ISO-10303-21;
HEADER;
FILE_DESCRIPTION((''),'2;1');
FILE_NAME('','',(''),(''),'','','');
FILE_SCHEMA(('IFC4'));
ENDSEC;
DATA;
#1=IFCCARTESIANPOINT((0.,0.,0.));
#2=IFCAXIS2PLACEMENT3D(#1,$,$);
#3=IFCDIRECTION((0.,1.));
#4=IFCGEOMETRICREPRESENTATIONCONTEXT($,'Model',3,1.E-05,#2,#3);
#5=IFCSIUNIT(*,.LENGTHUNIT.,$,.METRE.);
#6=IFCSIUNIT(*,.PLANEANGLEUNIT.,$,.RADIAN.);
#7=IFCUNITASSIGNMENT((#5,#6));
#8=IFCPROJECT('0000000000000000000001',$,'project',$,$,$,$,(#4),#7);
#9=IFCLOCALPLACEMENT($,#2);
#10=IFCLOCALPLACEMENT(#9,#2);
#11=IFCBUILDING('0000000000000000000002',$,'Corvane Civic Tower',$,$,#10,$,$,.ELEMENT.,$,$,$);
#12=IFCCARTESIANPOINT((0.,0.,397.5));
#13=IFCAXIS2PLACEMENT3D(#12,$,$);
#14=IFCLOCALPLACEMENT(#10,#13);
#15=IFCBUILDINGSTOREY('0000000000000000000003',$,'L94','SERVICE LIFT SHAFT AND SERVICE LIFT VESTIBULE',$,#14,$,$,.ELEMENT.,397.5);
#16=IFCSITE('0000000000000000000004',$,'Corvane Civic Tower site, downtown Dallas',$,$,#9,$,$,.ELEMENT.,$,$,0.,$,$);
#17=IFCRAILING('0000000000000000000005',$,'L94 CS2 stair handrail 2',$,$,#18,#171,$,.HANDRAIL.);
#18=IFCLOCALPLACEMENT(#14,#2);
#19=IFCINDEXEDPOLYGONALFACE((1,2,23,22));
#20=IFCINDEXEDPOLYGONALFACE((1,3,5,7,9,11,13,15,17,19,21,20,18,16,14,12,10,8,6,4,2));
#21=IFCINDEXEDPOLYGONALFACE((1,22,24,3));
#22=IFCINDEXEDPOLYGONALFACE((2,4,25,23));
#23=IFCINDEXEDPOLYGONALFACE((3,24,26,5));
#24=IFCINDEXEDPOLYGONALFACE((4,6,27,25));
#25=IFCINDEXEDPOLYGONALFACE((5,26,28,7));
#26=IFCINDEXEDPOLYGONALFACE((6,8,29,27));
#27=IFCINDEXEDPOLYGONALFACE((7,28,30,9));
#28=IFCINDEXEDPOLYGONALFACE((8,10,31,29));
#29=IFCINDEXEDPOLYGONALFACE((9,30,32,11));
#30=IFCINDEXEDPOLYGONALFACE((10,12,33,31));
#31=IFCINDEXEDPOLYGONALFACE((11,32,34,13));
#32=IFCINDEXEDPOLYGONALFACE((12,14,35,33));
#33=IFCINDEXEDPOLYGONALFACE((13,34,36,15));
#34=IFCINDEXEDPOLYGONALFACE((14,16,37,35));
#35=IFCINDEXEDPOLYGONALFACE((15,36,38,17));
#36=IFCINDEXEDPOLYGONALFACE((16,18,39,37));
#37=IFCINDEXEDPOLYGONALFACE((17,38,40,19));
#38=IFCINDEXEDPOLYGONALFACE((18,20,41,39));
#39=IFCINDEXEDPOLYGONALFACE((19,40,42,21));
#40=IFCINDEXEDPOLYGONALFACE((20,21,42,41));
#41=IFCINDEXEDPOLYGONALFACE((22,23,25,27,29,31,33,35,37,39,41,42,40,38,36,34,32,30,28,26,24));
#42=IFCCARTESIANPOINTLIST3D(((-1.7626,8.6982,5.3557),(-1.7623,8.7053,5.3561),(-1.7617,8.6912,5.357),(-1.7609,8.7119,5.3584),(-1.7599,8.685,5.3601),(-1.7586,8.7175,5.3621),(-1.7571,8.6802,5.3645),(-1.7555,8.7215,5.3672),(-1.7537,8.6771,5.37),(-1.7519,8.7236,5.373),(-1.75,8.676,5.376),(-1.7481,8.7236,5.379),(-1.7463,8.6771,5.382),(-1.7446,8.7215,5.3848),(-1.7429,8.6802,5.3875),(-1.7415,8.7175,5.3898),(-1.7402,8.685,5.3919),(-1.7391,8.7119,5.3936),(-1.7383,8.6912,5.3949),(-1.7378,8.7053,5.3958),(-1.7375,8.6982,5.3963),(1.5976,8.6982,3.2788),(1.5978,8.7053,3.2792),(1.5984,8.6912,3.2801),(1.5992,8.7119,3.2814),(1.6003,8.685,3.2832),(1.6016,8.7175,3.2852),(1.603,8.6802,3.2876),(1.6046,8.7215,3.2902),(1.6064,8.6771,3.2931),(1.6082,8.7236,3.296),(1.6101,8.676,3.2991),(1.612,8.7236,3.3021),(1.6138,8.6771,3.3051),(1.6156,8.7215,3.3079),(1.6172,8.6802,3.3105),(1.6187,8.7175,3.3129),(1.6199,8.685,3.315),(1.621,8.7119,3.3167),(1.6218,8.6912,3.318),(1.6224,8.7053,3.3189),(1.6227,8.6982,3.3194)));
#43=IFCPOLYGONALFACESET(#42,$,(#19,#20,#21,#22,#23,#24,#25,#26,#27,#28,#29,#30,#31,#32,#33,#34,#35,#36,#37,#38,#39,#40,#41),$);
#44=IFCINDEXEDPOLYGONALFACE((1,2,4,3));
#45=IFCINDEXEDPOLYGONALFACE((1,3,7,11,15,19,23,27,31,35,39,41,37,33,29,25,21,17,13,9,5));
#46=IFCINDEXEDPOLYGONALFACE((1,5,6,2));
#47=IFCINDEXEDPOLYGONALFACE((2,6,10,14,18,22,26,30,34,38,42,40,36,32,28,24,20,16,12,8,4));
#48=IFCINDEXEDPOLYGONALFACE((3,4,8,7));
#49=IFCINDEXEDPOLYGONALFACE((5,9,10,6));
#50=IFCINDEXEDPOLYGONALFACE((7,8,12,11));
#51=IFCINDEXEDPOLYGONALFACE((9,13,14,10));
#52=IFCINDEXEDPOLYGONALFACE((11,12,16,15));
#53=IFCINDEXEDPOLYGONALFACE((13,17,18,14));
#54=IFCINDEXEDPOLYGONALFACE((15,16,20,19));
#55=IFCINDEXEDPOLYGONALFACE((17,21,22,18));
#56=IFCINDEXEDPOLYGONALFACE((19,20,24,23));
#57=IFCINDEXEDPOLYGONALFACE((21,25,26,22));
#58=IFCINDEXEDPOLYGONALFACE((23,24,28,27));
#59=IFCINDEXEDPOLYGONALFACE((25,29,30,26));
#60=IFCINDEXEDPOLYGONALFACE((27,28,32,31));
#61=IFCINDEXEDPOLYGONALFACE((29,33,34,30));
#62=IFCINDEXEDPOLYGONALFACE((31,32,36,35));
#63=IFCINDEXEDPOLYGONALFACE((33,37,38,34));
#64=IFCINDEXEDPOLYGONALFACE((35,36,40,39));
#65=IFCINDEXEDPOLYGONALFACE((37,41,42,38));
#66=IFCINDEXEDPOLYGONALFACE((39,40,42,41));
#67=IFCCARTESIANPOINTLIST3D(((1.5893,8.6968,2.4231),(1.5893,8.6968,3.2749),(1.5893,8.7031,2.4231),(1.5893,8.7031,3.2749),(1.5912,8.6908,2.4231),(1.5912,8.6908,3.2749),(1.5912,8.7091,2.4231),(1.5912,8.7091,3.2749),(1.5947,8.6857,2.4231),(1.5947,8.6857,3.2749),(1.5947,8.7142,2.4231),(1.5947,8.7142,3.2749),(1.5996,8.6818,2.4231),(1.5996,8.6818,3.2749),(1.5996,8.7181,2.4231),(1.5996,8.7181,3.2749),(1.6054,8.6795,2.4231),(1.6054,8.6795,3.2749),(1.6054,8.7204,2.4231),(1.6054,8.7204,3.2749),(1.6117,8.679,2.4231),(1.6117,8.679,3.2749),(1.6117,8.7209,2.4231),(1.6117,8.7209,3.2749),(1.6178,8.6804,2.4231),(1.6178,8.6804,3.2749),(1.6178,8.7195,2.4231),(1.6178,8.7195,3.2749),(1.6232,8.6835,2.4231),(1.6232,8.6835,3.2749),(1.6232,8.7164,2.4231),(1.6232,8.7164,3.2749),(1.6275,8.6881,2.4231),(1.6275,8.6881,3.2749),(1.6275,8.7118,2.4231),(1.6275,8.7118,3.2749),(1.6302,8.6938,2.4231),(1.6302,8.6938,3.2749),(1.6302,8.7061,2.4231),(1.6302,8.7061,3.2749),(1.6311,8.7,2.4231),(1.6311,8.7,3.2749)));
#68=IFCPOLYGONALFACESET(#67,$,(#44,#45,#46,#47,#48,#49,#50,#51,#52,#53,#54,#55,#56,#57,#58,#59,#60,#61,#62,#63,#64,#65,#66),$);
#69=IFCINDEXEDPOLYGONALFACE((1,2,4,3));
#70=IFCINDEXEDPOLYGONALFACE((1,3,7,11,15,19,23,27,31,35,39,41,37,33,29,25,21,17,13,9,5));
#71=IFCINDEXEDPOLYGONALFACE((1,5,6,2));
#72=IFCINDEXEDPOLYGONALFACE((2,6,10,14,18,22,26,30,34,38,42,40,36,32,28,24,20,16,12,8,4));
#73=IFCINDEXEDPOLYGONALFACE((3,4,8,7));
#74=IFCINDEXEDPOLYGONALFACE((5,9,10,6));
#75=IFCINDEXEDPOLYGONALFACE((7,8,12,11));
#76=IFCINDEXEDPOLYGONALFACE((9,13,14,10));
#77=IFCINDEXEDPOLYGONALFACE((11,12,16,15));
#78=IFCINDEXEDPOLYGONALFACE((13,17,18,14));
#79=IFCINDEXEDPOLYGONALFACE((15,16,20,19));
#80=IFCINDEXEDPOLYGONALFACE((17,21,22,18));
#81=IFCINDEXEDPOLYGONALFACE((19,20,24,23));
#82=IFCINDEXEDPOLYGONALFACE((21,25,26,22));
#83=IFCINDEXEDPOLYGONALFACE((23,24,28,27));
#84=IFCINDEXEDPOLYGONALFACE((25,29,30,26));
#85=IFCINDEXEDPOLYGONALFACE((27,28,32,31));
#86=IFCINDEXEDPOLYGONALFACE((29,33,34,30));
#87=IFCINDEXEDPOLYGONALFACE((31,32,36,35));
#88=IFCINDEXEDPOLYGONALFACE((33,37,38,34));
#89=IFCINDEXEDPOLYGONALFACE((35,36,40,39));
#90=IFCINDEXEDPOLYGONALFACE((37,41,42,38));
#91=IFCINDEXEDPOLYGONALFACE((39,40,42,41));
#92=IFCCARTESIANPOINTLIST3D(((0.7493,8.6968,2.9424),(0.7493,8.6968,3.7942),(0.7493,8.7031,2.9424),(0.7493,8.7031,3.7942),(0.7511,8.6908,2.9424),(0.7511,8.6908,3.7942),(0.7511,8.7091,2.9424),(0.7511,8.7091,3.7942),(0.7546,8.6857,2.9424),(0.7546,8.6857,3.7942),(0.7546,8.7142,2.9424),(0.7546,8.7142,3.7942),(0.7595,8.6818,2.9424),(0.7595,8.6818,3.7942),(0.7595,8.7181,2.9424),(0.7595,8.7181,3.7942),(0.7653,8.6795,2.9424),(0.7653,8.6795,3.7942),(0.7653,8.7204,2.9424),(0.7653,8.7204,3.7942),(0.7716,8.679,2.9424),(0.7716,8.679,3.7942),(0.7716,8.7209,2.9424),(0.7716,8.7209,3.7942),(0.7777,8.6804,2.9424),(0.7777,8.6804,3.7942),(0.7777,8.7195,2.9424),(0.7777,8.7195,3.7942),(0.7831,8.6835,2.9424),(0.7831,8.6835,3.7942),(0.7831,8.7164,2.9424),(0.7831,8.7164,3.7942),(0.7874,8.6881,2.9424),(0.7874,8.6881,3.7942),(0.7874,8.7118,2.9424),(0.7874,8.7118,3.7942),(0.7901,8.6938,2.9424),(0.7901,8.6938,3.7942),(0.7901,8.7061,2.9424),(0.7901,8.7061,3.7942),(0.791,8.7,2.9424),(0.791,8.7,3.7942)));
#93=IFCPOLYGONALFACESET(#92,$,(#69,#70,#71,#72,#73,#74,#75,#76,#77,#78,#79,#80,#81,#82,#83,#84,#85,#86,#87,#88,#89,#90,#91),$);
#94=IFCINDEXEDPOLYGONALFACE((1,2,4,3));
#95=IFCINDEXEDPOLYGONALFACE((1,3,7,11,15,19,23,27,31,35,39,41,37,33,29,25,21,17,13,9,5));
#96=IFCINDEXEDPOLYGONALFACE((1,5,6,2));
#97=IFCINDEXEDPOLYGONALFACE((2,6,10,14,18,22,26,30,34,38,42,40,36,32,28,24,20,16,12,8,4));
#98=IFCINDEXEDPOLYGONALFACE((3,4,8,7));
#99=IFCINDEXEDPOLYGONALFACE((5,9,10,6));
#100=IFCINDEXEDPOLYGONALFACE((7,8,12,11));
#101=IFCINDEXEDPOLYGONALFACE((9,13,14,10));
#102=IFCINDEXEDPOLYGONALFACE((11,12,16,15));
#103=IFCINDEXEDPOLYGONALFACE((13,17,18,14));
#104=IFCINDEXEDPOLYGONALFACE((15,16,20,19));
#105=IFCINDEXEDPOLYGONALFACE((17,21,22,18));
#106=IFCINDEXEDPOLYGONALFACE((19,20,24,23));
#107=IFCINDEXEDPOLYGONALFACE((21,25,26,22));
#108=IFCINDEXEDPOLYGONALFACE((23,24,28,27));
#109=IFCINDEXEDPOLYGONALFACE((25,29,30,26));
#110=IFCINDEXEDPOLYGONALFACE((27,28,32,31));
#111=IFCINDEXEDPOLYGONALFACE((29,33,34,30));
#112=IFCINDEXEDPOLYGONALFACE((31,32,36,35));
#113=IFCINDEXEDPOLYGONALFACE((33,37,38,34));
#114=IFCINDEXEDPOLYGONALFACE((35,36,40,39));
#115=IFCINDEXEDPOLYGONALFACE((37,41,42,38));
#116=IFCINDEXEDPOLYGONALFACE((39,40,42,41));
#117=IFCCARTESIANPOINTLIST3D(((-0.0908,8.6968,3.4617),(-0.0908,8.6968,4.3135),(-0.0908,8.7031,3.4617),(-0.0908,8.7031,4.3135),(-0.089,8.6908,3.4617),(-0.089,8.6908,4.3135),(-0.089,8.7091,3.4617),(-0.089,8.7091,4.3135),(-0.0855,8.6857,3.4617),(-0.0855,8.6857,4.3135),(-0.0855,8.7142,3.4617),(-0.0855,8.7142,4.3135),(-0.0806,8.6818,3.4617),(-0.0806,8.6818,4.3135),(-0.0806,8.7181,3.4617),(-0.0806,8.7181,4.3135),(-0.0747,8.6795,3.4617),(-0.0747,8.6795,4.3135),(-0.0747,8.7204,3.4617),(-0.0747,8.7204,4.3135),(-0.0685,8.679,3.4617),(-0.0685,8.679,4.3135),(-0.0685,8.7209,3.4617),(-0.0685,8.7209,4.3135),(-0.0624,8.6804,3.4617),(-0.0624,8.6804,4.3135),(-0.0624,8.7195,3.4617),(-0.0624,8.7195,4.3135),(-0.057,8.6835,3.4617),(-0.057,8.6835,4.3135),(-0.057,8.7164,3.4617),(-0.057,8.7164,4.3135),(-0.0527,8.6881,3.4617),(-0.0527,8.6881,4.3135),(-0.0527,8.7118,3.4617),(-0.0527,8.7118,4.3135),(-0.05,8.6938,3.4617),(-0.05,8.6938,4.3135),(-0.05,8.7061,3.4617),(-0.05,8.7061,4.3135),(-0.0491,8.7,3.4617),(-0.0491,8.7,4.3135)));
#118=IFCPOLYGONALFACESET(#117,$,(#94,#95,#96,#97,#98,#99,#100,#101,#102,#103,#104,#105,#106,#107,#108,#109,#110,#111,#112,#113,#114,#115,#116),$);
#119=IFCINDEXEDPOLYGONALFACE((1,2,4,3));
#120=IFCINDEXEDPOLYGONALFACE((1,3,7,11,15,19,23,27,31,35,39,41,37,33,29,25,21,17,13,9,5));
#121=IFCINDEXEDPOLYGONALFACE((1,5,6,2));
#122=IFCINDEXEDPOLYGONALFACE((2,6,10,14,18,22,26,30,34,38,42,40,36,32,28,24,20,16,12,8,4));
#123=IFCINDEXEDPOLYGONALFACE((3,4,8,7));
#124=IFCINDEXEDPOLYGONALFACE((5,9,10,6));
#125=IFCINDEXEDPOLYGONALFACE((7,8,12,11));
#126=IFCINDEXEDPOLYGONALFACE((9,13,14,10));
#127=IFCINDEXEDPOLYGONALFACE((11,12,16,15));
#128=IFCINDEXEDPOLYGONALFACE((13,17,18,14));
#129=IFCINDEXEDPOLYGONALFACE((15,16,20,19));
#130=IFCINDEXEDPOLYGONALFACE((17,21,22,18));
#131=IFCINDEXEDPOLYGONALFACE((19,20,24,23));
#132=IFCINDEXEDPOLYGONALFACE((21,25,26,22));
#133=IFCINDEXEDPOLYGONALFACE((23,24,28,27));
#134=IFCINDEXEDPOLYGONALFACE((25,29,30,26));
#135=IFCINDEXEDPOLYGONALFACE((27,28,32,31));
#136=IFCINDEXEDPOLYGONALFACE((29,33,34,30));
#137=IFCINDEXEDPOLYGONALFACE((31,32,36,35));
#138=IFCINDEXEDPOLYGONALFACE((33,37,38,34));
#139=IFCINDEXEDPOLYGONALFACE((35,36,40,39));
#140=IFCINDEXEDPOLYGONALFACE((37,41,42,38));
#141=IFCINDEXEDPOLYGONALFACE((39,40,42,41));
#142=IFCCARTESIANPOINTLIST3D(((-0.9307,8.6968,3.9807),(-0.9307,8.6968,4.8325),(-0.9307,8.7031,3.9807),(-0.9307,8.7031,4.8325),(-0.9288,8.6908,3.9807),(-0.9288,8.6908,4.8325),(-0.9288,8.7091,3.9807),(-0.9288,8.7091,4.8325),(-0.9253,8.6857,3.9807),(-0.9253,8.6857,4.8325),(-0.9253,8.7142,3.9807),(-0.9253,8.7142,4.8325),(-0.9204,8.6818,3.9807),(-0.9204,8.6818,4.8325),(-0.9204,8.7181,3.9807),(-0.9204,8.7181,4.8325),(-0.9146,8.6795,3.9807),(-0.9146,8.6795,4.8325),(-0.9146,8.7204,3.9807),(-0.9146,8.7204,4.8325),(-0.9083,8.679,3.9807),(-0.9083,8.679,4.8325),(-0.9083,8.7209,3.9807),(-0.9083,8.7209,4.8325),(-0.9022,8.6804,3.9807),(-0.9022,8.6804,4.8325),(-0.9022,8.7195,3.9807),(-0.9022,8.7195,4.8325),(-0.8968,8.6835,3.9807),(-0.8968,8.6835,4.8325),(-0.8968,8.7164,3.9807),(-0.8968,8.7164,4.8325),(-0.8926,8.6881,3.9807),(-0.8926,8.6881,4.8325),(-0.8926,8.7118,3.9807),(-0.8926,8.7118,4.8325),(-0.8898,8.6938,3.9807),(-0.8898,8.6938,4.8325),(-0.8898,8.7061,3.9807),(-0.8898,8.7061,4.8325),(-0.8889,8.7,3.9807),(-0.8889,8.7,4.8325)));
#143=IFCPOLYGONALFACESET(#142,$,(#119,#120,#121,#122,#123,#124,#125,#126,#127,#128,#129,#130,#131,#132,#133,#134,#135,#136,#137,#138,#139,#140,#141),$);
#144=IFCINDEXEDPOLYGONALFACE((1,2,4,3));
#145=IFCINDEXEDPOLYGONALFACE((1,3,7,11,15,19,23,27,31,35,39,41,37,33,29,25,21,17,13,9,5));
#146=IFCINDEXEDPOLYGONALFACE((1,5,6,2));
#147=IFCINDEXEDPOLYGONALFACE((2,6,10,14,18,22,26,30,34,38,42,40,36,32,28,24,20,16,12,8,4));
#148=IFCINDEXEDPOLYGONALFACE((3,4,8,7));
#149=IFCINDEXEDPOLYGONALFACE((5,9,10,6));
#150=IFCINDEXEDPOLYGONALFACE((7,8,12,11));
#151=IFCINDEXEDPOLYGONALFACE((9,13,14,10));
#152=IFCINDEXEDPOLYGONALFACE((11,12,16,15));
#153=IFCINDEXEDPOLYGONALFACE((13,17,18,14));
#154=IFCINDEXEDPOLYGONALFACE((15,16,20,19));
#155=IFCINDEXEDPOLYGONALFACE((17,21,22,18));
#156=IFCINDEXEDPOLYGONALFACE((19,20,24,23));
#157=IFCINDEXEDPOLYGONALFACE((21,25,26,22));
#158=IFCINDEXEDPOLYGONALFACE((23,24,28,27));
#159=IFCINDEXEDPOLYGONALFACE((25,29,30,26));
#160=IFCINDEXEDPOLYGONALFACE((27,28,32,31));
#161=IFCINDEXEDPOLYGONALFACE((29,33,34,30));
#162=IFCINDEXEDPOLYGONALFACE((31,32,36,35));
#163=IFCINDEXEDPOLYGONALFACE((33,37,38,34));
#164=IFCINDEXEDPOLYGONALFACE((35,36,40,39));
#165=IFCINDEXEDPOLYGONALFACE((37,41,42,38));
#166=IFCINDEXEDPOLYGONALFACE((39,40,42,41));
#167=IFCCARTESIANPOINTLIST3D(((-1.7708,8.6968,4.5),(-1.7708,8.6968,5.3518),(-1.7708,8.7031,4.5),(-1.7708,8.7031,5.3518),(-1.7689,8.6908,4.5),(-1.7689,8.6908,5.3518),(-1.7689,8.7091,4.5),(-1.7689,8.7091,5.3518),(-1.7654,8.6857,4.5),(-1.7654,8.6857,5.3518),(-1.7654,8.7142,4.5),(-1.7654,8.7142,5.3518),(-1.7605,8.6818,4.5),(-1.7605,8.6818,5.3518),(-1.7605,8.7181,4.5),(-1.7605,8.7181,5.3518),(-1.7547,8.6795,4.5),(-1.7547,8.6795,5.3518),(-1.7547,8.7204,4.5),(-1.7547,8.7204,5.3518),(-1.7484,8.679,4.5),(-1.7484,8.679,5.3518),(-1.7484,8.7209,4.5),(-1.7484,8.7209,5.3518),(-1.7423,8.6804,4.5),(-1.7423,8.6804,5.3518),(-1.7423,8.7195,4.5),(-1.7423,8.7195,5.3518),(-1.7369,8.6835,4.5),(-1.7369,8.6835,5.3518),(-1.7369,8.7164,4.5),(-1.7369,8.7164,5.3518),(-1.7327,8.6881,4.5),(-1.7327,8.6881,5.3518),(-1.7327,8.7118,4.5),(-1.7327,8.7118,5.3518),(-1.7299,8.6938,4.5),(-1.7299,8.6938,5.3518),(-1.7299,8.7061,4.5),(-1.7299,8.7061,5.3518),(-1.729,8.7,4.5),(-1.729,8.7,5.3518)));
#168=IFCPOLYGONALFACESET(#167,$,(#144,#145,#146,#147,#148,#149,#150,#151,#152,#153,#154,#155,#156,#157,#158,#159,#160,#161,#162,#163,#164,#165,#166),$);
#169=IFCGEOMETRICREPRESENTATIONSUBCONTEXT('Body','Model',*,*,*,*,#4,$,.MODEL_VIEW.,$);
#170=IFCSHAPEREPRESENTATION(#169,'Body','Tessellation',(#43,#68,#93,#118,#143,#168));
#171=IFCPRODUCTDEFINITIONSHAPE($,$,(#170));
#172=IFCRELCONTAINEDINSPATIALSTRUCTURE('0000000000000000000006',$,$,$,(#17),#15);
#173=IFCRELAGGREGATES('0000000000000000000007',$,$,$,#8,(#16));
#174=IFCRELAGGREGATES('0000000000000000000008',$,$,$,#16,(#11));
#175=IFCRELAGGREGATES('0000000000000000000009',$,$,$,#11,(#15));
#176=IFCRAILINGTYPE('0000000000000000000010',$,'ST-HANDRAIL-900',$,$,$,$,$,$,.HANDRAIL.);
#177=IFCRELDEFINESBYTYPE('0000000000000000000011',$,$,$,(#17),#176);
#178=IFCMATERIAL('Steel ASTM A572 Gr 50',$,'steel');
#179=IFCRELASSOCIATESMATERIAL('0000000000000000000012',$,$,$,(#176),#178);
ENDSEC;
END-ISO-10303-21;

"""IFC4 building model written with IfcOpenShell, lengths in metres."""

from ifc_helpers import new_model, si_unit, direction, frame, origin, origin_2d, place, context, subcontext, project, spatial, circle, extrude, material, type_object, element, save


model = new_model("IFC4")

# Units and contexts
model_context = context("Model", 3, precision=1e-05, world=origin(), true_north=direction((0.0, 1.0)))
body_context = subcontext(model_context, "Body", "Model", "MODEL_VIEW")
ifc_project = project(units=[si_unit("LENGTHUNIT", "METRE"), si_unit("PLANEANGLEUNIT", "RADIAN")], contexts=[model_context])

# Site, building, storey
site_placement = place(None, origin())
site = spatial("IfcSite", under=ifc_project, at=site_placement, Name="Corvane Civic Tower site, downtown Dallas", CompositionType="ELEMENT", RefElevation=0.0)
building_placement = place(site_placement, origin())
building = spatial("IfcBuilding", under=site, at=building_placement, Name="Corvane Civic Tower", CompositionType="ELEMENT")
storey_placement = place(building_placement, frame((0.0, 0.0, 397.5)))
storey = spatial("IfcBuildingStorey", under=building, at=storey_placement, Name="L94", Description="SERVICE LIFT SHAFT AND SERVICE LIFT VESTIBULE", CompositionType="ELEMENT", Elevation=397.5)

# Railing
ifc_material_1 = material(Name="Steel ASTM A572 Gr 50", Category="steel")
railing_type = type_object("IfcRailingType", Name="ST-HANDRAIL-900", PredefinedType="HANDRAIL", material=ifc_material_1)
railing_placement = place(storey_placement, frame((1.6101, 8.7, 2.4231)))
element("IfcRailing", 1, at=railing_placement, inside=storey, type_object=railing_type, Name="L94 CS2 stair handrail 2", PredefinedType="HANDRAIL", context=body_context, shape_type="SweptSolid", body=[
    extrude(circle(Radius=0.0239, at=origin_2d()), frame((0.0, 0.0, 0.876), z_axis=(-0.850623, 0.0, 0.525776), x_axis=(0.0, -1.0, 0.0)), (0.0, 0.0, 1.0), 3.9502),
    extrude(circle(Radius=0.021, at=origin_2d()), origin(), (0.0, 0.0, 1.0), 0.8518),
    extrude(circle(Radius=0.021, at=origin_2d()), frame((-0.8401, 0.0, 0.5193)), (0.0, 0.0, 1.0), 0.8518),
    extrude(circle(Radius=0.021, at=origin_2d()), frame((-1.6802, 0.0, 1.0386)), (0.0, 0.0, 1.0), 0.8518),
    extrude(circle(Radius=0.021, at=origin_2d()), frame((-2.52, 0.0, 1.5576)), (0.0, 0.0, 1.0), 0.8518),
    extrude(circle(Radius=0.021, at=origin_2d()), frame((-3.3601, 0.0, 2.0769)), (0.0, 0.0, 1.0), 0.8518),
])

save(model, "model.ifc")
